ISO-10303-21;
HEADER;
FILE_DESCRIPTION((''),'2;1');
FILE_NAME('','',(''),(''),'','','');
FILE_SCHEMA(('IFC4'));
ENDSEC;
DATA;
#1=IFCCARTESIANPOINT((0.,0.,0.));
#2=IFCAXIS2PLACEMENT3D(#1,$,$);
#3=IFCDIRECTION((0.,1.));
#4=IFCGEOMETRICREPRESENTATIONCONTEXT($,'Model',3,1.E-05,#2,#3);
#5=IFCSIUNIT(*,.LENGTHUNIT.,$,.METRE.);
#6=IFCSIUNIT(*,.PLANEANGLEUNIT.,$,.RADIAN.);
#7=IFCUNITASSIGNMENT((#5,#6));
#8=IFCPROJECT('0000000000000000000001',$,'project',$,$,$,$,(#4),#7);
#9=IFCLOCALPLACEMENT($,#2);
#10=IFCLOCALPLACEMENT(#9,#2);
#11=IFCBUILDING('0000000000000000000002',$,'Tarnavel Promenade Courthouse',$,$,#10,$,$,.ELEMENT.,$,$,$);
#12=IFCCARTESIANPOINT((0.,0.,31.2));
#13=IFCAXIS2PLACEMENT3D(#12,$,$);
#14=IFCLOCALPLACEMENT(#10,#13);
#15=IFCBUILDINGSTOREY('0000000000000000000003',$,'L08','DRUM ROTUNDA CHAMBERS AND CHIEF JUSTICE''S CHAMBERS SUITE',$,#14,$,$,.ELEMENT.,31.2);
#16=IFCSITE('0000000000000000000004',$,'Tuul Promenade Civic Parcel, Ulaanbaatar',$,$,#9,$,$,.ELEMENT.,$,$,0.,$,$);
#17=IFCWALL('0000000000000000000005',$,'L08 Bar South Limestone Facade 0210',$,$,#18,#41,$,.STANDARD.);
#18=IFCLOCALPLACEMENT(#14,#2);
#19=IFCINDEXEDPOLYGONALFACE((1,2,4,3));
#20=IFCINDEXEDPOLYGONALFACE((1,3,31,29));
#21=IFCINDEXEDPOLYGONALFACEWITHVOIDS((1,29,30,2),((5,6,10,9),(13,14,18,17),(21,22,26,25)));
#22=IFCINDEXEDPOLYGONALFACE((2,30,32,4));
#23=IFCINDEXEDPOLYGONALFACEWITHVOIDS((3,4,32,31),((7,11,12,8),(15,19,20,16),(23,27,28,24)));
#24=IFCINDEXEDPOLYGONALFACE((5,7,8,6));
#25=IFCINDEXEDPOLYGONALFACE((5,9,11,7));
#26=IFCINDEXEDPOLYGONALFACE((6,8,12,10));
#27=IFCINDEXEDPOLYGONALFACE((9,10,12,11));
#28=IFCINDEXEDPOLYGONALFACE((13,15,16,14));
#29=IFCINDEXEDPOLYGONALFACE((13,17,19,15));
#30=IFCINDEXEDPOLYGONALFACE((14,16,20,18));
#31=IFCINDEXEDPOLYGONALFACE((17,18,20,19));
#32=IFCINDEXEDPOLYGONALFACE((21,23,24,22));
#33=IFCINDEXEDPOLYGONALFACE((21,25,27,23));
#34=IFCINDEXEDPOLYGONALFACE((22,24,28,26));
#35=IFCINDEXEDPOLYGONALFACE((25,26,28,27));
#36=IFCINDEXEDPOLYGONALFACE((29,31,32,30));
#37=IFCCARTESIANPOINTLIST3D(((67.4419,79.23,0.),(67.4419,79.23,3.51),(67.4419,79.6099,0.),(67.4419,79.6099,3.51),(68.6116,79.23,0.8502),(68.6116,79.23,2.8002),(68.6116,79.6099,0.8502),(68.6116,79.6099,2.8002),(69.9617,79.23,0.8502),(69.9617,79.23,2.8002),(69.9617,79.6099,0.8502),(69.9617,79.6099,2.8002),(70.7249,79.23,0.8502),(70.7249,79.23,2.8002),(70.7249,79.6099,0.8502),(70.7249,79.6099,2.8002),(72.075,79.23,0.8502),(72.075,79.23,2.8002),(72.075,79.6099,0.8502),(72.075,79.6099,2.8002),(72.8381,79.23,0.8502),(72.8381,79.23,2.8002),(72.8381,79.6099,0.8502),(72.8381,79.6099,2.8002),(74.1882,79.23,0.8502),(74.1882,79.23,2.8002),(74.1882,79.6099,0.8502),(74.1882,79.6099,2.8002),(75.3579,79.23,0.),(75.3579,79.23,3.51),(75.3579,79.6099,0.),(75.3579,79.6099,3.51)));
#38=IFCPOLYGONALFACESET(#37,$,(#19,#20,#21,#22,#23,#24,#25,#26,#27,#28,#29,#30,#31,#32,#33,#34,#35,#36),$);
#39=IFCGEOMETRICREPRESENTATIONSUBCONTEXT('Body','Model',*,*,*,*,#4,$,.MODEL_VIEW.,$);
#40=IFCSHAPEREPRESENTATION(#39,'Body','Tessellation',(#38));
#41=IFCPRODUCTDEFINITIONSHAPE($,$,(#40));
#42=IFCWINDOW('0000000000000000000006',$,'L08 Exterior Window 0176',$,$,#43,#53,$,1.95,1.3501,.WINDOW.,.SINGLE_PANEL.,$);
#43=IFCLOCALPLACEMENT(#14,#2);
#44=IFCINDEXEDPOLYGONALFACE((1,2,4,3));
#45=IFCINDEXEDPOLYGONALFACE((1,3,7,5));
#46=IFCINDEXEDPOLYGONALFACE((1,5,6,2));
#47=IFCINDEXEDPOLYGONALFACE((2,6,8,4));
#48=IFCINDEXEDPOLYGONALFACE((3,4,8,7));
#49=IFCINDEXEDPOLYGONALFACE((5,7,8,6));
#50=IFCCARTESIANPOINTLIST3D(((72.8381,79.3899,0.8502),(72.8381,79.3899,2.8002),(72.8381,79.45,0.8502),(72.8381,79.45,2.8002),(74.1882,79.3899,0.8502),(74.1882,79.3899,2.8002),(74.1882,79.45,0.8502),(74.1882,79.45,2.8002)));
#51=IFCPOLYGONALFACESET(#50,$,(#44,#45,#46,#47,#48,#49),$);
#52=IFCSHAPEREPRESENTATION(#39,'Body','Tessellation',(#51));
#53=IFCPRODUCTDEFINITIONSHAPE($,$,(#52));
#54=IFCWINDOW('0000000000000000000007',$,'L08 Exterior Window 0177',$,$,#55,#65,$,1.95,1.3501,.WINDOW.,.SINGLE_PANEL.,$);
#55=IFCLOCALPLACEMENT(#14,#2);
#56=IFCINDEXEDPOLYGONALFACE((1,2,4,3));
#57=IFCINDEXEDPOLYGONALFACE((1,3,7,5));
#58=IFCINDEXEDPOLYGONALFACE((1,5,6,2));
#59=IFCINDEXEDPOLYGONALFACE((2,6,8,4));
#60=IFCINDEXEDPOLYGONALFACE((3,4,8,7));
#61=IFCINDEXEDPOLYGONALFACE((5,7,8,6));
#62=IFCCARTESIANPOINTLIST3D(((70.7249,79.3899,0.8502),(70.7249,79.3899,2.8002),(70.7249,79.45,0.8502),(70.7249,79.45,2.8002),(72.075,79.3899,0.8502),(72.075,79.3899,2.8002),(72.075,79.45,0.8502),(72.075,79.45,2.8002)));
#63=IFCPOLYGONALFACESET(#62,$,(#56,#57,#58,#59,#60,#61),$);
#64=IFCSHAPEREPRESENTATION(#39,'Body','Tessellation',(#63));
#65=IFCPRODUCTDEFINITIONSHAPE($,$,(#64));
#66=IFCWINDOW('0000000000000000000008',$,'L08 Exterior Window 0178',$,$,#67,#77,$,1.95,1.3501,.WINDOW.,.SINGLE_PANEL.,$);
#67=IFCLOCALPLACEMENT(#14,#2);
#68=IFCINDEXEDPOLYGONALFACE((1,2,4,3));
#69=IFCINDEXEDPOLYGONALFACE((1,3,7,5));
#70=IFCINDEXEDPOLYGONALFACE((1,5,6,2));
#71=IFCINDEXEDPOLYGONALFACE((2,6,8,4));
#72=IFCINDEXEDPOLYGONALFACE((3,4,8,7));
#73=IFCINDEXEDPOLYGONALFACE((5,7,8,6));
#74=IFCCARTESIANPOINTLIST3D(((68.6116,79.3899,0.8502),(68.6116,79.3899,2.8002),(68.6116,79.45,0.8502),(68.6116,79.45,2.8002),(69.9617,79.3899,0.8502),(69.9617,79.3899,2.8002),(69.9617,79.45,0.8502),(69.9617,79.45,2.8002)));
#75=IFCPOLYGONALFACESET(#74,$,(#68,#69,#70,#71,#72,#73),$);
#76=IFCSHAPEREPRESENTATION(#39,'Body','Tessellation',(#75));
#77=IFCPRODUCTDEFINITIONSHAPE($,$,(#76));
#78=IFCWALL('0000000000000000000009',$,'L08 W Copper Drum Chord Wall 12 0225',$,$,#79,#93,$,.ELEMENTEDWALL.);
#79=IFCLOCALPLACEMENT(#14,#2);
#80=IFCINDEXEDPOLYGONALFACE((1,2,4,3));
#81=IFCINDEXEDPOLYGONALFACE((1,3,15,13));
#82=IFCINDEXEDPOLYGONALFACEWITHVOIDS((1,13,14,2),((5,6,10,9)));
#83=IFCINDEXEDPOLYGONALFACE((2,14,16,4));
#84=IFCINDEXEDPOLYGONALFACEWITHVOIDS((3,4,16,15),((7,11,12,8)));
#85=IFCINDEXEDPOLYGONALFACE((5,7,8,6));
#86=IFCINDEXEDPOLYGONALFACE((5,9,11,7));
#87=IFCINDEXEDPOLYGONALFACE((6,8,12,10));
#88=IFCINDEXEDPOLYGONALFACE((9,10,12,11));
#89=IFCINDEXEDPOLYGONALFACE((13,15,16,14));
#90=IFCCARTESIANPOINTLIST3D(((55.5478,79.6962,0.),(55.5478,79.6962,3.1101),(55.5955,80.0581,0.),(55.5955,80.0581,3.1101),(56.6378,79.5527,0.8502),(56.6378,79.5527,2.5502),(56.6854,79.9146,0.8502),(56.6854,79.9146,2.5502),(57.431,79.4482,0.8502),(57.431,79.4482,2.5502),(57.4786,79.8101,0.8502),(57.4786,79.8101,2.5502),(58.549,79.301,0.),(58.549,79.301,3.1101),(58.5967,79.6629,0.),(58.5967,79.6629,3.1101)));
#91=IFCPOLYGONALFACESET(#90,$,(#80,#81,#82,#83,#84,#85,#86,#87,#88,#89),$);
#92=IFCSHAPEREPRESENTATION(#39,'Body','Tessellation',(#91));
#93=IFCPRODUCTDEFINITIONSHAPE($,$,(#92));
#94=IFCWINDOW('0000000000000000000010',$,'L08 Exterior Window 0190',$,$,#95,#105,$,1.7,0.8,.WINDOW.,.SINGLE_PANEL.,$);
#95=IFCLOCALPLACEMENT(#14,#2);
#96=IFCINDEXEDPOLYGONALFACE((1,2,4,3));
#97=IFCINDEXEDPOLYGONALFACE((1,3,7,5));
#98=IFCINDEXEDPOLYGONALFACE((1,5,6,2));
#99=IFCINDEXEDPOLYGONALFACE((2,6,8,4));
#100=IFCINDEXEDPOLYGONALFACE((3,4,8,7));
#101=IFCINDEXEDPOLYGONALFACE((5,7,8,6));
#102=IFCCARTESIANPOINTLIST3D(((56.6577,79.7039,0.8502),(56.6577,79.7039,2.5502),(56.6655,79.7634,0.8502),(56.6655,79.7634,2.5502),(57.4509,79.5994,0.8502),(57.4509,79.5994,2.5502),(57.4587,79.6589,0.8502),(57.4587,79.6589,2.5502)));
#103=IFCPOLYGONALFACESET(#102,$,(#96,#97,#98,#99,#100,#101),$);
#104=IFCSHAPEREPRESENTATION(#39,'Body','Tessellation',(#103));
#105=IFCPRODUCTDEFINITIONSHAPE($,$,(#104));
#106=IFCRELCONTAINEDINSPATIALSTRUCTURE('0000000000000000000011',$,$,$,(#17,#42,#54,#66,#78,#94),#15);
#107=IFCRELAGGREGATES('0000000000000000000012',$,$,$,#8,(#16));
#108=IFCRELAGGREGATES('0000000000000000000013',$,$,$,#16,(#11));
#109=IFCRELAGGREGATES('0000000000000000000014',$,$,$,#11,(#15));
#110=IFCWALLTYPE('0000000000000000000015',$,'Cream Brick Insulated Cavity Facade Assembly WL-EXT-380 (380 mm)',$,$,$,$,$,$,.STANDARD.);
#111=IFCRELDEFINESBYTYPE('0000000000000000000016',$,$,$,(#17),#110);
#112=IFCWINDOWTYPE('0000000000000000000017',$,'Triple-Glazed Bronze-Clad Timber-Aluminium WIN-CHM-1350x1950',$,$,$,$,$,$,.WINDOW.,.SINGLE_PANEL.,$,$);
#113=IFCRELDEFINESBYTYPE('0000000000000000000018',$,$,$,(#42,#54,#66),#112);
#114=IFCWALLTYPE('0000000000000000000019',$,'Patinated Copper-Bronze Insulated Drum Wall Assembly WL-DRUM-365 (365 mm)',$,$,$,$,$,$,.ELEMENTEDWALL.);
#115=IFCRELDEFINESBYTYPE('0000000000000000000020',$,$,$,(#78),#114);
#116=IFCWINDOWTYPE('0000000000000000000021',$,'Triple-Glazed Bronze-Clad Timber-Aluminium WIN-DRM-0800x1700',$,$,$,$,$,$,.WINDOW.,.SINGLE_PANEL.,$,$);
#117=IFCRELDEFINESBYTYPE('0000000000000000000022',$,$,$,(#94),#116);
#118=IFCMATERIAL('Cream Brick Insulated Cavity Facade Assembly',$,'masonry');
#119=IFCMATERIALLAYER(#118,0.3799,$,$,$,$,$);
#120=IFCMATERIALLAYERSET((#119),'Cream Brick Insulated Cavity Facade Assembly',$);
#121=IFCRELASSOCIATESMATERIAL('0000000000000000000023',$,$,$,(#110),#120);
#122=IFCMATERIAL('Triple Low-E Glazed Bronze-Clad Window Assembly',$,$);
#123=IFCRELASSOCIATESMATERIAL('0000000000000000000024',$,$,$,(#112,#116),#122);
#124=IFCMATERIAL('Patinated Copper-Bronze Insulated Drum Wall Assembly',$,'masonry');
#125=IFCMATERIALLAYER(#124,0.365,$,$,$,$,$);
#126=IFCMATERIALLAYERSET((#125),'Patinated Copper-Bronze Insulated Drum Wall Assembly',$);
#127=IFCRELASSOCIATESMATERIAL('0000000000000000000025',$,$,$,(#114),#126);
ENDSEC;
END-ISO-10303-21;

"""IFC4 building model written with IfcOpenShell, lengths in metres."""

from ifc_helpers import new_model, si_unit, direction, frame, frame_2d, origin, place, context, subcontext, project, spatial, rectangle, extrude, material, layer, layer_set, type_object, element, fill, save


model = new_model("IFC4")

# Units and contexts
model_context = context("Model", 3, precision=1e-05, world=origin(), true_north=direction((0.0, 1.0)))
body_context = subcontext(model_context, "Body", "Model", "MODEL_VIEW")
ifc_project = project(units=[si_unit("LENGTHUNIT", "METRE"), si_unit("PLANEANGLEUNIT", "RADIAN")], contexts=[model_context])

# Site, building, storey
site_placement = place(None, origin())
site = spatial("IfcSite", under=ifc_project, at=site_placement, Name="Tuul Promenade Civic Parcel, Ulaanbaatar", CompositionType="ELEMENT", RefElevation=0.0)
building_placement = place(site_placement, origin())
building = spatial("IfcBuilding", under=site, at=building_placement, Name="Tarnavel Promenade Courthouse", CompositionType="ELEMENT")
storey_placement = place(building_placement, frame((0.0, 0.0, 31.2)))
storey = spatial("IfcBuildingStorey", under=building, at=storey_placement, Name="L08", Description="DRUM ROTUNDA CHAMBERS AND CHIEF JUSTICE'S CHAMBERS SUITE", CompositionType="ELEMENT", Elevation=31.2)

# Shared definitions
ifc_material_1 = material(Name="Cream Brick Insulated Cavity Facade Assembly", Category="masonry")
ifc_layer_1 = layer(ifc_material_1, 0.3799)
ifc_layer_set_1 = layer_set([ifc_layer_1], Name="Cream Brick Insulated Cavity Facade Assembly")
wall_type_1 = type_object("IfcWallType", Name="Cream Brick Insulated Cavity Facade Assembly WL-EXT-380 (380 mm)", PredefinedType="STANDARD", material=ifc_layer_set_1)

# Wall, openings, windows
wall_1_placement = place(storey_placement, frame((75.3579, 79.4199, 0.0), z_axis=(0.0, 0.0, 1.0), x_axis=(-1.0, 0.0, 0.0)))
wall_1 = element("IfcWall", 1, at=wall_1_placement, inside=storey, type_object=wall_type_1, Name="L08 Bar South Limestone Facade 0210", PredefinedType="STANDARD", context=body_context, shape_type="SweptSolid", body=[
    extrude(rectangle(XDim=7.916, YDim=0.3799, at=frame_2d((3.958, 0.0))), origin(), (0.0, 0.0, 1.0), 3.51),
])
opening_1_placement = place(wall_1_placement, frame((1.1697, 0.0, 0.8501)))
opening_1 = element("IfcOpeningElement", 2, at=opening_1_placement, cuts=wall_1, PredefinedType="OPENING", context=body_context, shape_type="SweptSolid", body=[
    extrude(rectangle(XDim=1.3501, YDim=1.95, at=frame_2d((0.675, 0.9751))), frame((0.0, 0.2, 0.0), z_axis=(0.0, -1.0, 0.0), x_axis=(1.0, 0.0, 0.0)), (0.0, 0.0, 1.0), 0.3999),
])
opening_2_placement = place(wall_1_placement, frame((3.283, 0.0, 0.8501)))
opening_2 = element("IfcOpeningElement", 3, at=opening_2_placement, cuts=wall_1, PredefinedType="OPENING", context=body_context, shape_type="SweptSolid", body=[
    extrude(rectangle(XDim=1.3501, YDim=1.95, at=frame_2d((0.675, 0.9751))), frame((0.0, 0.2, 0.0), z_axis=(0.0, -1.0, 0.0), x_axis=(1.0, 0.0, 0.0)), (0.0, 0.0, 1.0), 0.3999),
])
opening_3_placement = place(wall_1_placement, frame((5.3962, 0.0, 0.8501)))
opening_3 = element("IfcOpeningElement", 4, at=opening_3_placement, cuts=wall_1, PredefinedType="OPENING", context=body_context, shape_type="SweptSolid", body=[
    extrude(rectangle(XDim=1.3501, YDim=1.95, at=frame_2d((0.675, 0.9751))), frame((0.0, 0.2, 0.0), z_axis=(0.0, -1.0, 0.0), x_axis=(1.0, 0.0, 0.0)), (0.0, 0.0, 1.0), 0.3999),
])
ifc_material_2 = material(Name="Triple Low-E Glazed Bronze-Clad Window Assembly")
window_type_1 = type_object("IfcWindowType", Name="Triple-Glazed Bronze-Clad Timber-Aluminium WIN-CHM-1350x1950", PartitioningType="SINGLE_PANEL", PredefinedType="WINDOW", material=ifc_material_2)
window_1_placement = place(opening_1_placement, origin())
window_1 = element("IfcWindow", 5, at=window_1_placement, inside=storey, type_object=window_type_1, Name="L08 Exterior Window 0176", OverallHeight=1.95, OverallWidth=1.3501, PartitioningType="SINGLE_PANEL", PredefinedType="WINDOW", context=body_context, shape_type="SweptSolid", body=[
    extrude(rectangle(XDim=1.3501, YDim=1.95, at=frame_2d((0.675, 0.9751))), frame((0.0, 0.03, 0.0), z_axis=(0.0, -1.0, 0.0), x_axis=(1.0, 0.0, 0.0)), (0.0, 0.0, 1.0), 0.0601),
])
fill(opening_1, window_1)
window_2_placement = place(opening_2_placement, origin())
window_2 = element("IfcWindow", 6, at=window_2_placement, inside=storey, type_object=window_type_1, Name="L08 Exterior Window 0177", OverallHeight=1.95, OverallWidth=1.3501, PartitioningType="SINGLE_PANEL", PredefinedType="WINDOW", context=body_context, shape_type="SweptSolid", body=[
    extrude(rectangle(XDim=1.3501, YDim=1.95, at=frame_2d((0.675, 0.9751))), frame((0.0, 0.03, 0.0), z_axis=(0.0, -1.0, 0.0), x_axis=(1.0, 0.0, 0.0)), (0.0, 0.0, 1.0), 0.0601),
])
fill(opening_2, window_2)
window_3_placement = place(opening_3_placement, origin())
window_3 = element("IfcWindow", 7, at=window_3_placement, inside=storey, type_object=window_type_1, Name="L08 Exterior Window 0178", OverallHeight=1.95, OverallWidth=1.3501, PartitioningType="SINGLE_PANEL", PredefinedType="WINDOW", context=body_context, shape_type="SweptSolid", body=[
    extrude(rectangle(XDim=1.3501, YDim=1.95, at=frame_2d((0.675, 0.9751))), frame((0.0, 0.03, 0.0), z_axis=(0.0, -1.0, 0.0), x_axis=(1.0, 0.0, 0.0)), (0.0, 0.0, 1.0), 0.0601),
])
fill(opening_3, window_3)

# Wall, opening, window
ifc_material_3 = material(Name="Patinated Copper-Bronze Insulated Drum Wall Assembly", Category="masonry")
ifc_layer_2 = layer(ifc_material_3, 0.365)
ifc_layer_set_2 = layer_set([ifc_layer_2], Name="Patinated Copper-Bronze Insulated Drum Wall Assembly")
wall_type_2 = type_object("IfcWallType", Name="Patinated Copper-Bronze Insulated Drum Wall Assembly WL-DRUM-365 (365 mm)", PredefinedType="ELEMENTEDWALL", material=ifc_layer_set_2)
wall_2_placement = place(storey_placement, frame((55.5715, 79.8772, 0.0), z_axis=(0.0, 0.0, 1.0), x_axis=(0.991439, -0.130573, 0.0)))
wall_2 = element("IfcWall", 8, at=wall_2_placement, inside=storey, type_object=wall_type_2, Name="L08 W Copper Drum Chord Wall 12 0225", PredefinedType="ELEMENTEDWALL", context=body_context, shape_type="SweptSolid", body=[
    extrude(rectangle(XDim=3.0271, YDim=0.365, at=frame_2d((1.5137, 0.0))), origin(), (0.0, 0.0, 1.0), 3.1101),
])
opening_4_placement = place(wall_2_placement, frame((1.0996, 0.0, 0.8501)))
opening_4 = element("IfcOpeningElement", 9, at=opening_4_placement, cuts=wall_2, PredefinedType="OPENING", context=body_context, shape_type="SweptSolid", body=[
    extrude(rectangle(XDim=0.8, YDim=1.7, at=frame_2d((0.3999, 0.8501))), frame((0.0, 0.1924, 0.0), z_axis=(0.0, -1.0, 0.0), x_axis=(1.0, 0.0, 0.0)), (0.0, 0.0, 1.0), 0.385),
])
window_type_2 = type_object("IfcWindowType", Name="Triple-Glazed Bronze-Clad Timber-Aluminium WIN-DRM-0800x1700", PartitioningType="SINGLE_PANEL", PredefinedType="WINDOW", material=ifc_material_2)
window_4_placement = place(opening_4_placement, origin())
window_4 = element("IfcWindow", 10, at=window_4_placement, inside=storey, type_object=window_type_2, Name="L08 Exterior Window 0190", OverallHeight=1.7, OverallWidth=0.8, PartitioningType="SINGLE_PANEL", PredefinedType="WINDOW", context=body_context, shape_type="SweptSolid", body=[
    extrude(rectangle(XDim=0.8, YDim=1.7, at=frame_2d((0.3999, 0.8501))), frame((0.0, 0.03, 0.0), z_axis=(0.0, -1.0, 0.0), x_axis=(1.0, 0.0, 0.0)), (0.0, 0.0, 1.0), 0.0601),
])
fill(opening_4, window_4)

save(model, "model.ifc")
